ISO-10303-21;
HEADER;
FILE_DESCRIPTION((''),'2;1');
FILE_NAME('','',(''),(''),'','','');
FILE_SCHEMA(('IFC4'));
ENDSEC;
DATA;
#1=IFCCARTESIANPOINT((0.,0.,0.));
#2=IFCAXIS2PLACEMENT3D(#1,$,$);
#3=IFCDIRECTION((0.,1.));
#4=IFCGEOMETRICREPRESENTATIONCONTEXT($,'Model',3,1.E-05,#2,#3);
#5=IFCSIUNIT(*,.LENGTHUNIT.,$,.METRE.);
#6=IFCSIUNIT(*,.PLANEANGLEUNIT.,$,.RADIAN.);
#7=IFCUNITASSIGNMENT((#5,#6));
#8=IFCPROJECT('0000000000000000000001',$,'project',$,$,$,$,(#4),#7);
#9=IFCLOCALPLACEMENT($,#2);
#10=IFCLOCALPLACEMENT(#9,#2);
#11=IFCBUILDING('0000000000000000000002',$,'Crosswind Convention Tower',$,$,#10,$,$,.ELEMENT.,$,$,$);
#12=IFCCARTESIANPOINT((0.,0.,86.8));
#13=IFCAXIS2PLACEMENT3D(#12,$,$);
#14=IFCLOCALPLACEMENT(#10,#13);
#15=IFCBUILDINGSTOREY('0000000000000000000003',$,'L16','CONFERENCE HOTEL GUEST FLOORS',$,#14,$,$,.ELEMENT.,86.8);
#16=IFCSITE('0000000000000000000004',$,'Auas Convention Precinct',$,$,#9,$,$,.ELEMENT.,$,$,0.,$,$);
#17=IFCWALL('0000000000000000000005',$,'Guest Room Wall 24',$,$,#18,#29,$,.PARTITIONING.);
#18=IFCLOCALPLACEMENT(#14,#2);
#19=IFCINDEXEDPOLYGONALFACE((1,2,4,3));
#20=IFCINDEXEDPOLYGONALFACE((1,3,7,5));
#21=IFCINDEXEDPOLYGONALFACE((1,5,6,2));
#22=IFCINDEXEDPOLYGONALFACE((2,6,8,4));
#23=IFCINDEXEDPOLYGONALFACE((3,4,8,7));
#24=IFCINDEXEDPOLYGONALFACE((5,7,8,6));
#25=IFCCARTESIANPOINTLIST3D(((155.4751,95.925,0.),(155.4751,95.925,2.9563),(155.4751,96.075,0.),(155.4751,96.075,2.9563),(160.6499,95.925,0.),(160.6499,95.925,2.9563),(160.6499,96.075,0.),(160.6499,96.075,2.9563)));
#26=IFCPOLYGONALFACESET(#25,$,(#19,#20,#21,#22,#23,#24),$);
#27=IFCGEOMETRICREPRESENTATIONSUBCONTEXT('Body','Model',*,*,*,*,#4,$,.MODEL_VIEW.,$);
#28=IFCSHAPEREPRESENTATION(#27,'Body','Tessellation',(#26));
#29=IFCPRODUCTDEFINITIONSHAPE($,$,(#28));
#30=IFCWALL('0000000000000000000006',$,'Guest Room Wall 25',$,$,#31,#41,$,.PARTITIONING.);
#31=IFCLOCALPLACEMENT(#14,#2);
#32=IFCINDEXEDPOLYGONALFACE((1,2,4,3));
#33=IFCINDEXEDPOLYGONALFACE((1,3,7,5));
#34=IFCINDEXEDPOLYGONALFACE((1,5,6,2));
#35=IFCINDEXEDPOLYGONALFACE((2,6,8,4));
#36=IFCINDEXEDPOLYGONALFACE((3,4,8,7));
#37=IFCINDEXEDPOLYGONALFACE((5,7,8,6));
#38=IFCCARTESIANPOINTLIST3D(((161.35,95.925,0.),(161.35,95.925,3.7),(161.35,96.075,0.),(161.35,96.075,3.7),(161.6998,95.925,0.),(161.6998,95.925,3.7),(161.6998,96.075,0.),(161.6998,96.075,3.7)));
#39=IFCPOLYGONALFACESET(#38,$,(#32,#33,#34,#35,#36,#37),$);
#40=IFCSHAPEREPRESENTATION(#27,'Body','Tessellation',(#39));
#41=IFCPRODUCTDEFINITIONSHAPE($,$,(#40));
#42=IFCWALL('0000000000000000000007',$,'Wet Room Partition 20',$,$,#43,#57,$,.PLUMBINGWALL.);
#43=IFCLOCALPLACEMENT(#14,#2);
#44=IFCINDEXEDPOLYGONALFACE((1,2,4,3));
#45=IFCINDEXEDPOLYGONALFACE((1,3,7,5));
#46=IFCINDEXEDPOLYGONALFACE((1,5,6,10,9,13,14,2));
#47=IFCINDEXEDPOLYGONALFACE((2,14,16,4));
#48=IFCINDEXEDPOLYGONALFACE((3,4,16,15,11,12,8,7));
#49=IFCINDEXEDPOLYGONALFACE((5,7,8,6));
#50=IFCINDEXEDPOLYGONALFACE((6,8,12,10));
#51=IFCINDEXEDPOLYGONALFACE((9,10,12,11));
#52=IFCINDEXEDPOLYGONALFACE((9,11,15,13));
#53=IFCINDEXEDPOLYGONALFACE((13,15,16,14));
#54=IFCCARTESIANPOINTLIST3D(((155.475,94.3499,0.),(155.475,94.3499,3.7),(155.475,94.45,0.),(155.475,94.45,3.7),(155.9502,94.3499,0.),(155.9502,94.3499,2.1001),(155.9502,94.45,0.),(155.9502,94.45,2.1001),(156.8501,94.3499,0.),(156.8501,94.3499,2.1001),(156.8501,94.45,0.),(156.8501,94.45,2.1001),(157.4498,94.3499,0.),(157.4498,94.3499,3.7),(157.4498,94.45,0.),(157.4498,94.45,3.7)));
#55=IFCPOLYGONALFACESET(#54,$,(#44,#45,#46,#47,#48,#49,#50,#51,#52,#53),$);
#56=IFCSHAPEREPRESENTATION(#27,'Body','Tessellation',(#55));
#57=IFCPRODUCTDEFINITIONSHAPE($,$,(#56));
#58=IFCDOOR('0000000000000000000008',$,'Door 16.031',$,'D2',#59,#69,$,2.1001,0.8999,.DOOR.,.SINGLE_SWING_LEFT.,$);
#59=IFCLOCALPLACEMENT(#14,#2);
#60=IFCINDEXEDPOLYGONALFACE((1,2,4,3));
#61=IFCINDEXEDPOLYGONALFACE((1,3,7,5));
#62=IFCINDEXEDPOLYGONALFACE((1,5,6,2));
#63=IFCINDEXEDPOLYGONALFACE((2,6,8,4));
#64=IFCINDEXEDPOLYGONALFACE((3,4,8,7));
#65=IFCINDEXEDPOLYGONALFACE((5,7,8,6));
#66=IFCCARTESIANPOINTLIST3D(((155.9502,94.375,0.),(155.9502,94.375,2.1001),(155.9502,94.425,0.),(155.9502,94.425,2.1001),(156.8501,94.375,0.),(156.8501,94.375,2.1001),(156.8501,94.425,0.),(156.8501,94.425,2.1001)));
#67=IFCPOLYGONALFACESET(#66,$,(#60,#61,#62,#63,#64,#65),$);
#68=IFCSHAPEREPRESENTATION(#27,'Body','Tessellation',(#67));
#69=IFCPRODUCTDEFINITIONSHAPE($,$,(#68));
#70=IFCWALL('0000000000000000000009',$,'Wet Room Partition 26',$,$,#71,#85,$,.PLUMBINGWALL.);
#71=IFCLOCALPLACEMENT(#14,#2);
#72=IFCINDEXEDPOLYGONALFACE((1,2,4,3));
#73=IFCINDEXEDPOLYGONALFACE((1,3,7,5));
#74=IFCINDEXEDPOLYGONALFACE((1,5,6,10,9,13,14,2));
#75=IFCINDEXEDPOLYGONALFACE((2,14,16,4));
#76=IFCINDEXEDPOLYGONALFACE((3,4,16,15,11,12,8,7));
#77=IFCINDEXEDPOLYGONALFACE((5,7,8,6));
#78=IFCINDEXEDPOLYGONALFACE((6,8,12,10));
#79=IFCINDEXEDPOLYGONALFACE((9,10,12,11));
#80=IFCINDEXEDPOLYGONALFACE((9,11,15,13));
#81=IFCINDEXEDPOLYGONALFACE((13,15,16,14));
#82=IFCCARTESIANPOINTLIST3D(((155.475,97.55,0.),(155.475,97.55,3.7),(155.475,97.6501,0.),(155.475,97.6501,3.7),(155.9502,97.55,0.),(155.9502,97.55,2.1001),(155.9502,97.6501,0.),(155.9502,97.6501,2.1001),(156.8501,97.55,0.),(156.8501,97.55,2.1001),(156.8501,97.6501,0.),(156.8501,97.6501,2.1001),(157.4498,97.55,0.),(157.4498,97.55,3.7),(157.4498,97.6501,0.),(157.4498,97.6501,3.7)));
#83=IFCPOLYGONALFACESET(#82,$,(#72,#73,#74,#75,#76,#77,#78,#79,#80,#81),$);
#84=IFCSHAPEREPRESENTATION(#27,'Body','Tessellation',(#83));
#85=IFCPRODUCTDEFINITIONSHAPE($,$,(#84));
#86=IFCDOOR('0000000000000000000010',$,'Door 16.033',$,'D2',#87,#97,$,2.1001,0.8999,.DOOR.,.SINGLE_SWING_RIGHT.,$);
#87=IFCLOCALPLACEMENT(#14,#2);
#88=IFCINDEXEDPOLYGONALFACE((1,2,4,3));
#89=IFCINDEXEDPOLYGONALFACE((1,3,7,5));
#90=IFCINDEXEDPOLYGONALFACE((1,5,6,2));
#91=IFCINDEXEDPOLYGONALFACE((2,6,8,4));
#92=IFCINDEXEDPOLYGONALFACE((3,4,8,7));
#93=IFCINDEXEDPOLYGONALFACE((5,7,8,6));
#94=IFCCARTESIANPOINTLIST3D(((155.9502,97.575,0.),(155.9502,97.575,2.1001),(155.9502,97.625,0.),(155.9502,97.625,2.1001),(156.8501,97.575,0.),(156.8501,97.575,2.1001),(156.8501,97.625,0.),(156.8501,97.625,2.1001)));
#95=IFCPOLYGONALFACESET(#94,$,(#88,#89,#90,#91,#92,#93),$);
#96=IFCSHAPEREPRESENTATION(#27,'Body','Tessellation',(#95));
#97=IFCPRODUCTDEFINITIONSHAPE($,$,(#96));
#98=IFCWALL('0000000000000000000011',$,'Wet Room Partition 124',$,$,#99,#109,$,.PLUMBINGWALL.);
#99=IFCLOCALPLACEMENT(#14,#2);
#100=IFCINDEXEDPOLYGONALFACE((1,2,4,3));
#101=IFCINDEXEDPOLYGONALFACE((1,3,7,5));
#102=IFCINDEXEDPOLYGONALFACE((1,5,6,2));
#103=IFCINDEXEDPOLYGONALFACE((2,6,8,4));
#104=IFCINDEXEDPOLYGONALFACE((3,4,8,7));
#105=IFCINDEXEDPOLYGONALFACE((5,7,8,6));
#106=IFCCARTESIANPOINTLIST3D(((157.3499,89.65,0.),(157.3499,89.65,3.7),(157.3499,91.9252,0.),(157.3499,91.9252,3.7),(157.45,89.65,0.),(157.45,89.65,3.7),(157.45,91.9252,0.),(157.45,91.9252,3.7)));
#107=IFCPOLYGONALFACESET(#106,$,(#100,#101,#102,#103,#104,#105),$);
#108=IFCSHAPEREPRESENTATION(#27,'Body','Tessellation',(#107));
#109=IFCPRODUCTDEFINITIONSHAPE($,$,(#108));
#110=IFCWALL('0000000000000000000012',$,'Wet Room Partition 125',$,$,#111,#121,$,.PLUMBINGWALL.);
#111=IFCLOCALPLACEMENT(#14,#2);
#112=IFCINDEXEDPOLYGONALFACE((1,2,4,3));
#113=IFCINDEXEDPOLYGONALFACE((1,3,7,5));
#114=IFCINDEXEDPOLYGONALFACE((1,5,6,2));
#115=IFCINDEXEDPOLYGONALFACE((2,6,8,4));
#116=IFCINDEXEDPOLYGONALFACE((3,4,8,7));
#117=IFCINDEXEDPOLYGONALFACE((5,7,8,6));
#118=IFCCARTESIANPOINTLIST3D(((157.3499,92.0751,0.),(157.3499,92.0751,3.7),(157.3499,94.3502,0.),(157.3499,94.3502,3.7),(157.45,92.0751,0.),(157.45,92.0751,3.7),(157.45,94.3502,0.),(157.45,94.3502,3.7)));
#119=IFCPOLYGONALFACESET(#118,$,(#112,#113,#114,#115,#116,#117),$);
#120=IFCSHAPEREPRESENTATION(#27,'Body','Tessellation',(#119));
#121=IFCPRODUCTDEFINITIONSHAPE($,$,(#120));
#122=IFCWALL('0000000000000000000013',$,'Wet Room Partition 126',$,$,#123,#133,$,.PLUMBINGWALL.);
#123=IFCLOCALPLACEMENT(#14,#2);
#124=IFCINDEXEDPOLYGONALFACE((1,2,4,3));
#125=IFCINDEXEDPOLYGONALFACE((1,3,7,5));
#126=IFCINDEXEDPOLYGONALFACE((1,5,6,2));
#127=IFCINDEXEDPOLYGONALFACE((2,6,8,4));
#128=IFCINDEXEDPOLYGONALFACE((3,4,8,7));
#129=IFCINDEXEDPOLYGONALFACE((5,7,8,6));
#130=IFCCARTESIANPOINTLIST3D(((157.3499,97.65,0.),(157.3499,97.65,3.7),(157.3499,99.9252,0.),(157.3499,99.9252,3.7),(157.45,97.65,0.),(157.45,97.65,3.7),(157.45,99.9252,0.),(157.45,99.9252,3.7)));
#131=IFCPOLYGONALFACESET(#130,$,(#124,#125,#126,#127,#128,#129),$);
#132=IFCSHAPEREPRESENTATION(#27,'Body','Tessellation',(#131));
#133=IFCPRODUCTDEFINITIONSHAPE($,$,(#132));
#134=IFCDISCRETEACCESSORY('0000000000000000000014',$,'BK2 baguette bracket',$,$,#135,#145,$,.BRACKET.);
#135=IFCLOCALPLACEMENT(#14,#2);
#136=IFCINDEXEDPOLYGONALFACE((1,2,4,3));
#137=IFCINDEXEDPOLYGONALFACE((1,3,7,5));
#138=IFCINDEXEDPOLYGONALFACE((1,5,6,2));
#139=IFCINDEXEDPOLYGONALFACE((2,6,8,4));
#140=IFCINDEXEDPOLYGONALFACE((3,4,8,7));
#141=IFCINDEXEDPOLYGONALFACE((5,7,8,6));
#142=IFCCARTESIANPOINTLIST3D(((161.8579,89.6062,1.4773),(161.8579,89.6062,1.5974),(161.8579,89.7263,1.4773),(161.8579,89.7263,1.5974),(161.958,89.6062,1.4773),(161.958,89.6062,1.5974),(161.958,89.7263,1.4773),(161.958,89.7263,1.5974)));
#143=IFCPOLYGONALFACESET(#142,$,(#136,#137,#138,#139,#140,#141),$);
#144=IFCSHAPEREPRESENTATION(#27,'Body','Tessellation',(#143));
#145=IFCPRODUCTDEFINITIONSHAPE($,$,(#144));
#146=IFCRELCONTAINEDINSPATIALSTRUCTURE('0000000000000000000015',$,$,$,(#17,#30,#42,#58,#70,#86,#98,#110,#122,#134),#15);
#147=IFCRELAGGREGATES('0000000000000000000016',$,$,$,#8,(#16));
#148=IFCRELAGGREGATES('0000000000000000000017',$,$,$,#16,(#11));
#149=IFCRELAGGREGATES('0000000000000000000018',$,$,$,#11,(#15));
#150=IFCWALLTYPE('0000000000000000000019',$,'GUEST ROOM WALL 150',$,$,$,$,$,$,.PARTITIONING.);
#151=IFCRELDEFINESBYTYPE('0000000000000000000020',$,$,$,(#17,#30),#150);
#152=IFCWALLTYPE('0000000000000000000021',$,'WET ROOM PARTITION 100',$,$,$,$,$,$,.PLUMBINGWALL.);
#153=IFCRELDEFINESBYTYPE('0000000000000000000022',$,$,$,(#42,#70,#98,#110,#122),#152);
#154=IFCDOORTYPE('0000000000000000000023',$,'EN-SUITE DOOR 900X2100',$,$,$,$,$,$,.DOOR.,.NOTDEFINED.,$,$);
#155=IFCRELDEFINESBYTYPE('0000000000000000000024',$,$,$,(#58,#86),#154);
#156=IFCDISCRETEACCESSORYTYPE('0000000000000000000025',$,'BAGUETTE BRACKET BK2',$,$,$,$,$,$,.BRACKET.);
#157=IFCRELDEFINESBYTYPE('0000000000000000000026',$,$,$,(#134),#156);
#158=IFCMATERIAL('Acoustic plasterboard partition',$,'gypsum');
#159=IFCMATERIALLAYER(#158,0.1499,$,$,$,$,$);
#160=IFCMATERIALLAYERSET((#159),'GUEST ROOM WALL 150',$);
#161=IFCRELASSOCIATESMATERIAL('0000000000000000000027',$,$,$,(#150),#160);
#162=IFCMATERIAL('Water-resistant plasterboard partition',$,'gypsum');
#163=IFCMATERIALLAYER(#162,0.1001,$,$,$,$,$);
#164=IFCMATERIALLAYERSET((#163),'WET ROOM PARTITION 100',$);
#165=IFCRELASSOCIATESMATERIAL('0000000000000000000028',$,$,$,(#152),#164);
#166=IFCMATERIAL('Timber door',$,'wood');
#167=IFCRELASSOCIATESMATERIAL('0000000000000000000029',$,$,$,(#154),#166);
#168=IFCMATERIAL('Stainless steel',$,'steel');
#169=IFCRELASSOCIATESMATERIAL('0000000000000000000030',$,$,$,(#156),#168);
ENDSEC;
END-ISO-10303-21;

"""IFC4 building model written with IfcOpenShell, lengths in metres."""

from ifc_helpers import new_model, si_unit, direction, frame, frame_2d, origin, origin_2d, place, context, subcontext, project, spatial, rectangle, extrude, material, layer, layer_set, type_object, element, fill, save


model = new_model("IFC4")

# Units and contexts
model_context = context("Model", 3, precision=1e-05, world=origin(), true_north=direction((0.0, 1.0)))
body_context = subcontext(model_context, "Body", "Model", "MODEL_VIEW")
ifc_project = project(units=[si_unit("LENGTHUNIT", "METRE"), si_unit("PLANEANGLEUNIT", "RADIAN")], contexts=[model_context])

# Site, building, storey
site_placement = place(None, origin())
site = spatial("IfcSite", under=ifc_project, at=site_placement, Name="Auas Convention Precinct", CompositionType="ELEMENT", RefElevation=0.0)
building_placement = place(site_placement, origin())
building = spatial("IfcBuilding", under=site, at=building_placement, Name="Crosswind Convention Tower", CompositionType="ELEMENT")
storey_placement = place(building_placement, frame((0.0, 0.0, 86.8)))
storey = spatial("IfcBuildingStorey", under=building, at=storey_placement, Name="L16", Description="CONFERENCE HOTEL GUEST FLOORS", CompositionType="ELEMENT", Elevation=86.8)

# Walls
ifc_material_1 = material(Name="Acoustic plasterboard partition", Category="gypsum")
ifc_layer_1 = layer(ifc_material_1, 0.1499)
ifc_layer_set_1 = layer_set([ifc_layer_1], Name="GUEST ROOM WALL 150")
wall_type_1 = type_object("IfcWallType", Name="GUEST ROOM WALL 150", PredefinedType="PARTITIONING", material=ifc_layer_set_1)
wall_1_placement = place(storey_placement, frame((155.4751, 96.0, 0.0), z_axis=(0.0, 0.0, 1.0), x_axis=(1.0, 0.0, 0.0)))
element("IfcWall", 1, at=wall_1_placement, inside=storey, type_object=wall_type_1, Name="Guest Room Wall 24", PredefinedType="PARTITIONING", context=body_context, shape_type="SweptSolid", body=[
    extrude(rectangle(XDim=5.1748, YDim=0.1499, at=frame_2d((2.5874, 0.0))), origin(), (0.0, 0.0, 1.0), 2.9563),
])
wall_2_placement = place(storey_placement, frame((161.3501, 96.0, 0.0), z_axis=(0.0, 0.0, 1.0), x_axis=(1.0, 0.0, 0.0)))
element("IfcWall", 2, at=wall_2_placement, inside=storey, type_object=wall_type_1, Name="Guest Room Wall 25", PredefinedType="PARTITIONING", context=body_context, shape_type="SweptSolid", body=[
    extrude(rectangle(XDim=0.3499, YDim=0.1499, at=frame_2d((0.1748, 0.0))), origin(), (0.0, 0.0, 1.0), 3.7),
])

# Walls, openings, doors
ifc_material_2 = material(Name="Water-resistant plasterboard partition", Category="gypsum")
ifc_layer_2 = layer(ifc_material_2, 0.1001)
ifc_layer_set_2 = layer_set([ifc_layer_2], Name="WET ROOM PARTITION 100")
wall_type_2 = type_object("IfcWallType", Name="WET ROOM PARTITION 100", PredefinedType="PLUMBINGWALL", material=ifc_layer_set_2)
wall_3_placement = place(storey_placement, frame((155.4751, 94.3999, 0.0), z_axis=(0.0, 0.0, 1.0), x_axis=(1.0, 0.0, 0.0)))
wall_3 = element("IfcWall", 3, at=wall_3_placement, inside=storey, type_object=wall_type_2, Name="Wet Room Partition 20", PredefinedType="PLUMBINGWALL", context=body_context, shape_type="SweptSolid", body=[
    extrude(rectangle(XDim=1.9749, YDim=0.1001, at=frame_2d((0.9873, 0.0))), origin(), (0.0, 0.0, 1.0), 3.7),
])
opening_1_placement = place(wall_3_placement, frame((0.4751, 0.0, 0.0)))
opening_1 = element("IfcOpeningElement", 4, at=opening_1_placement, cuts=wall_3, PredefinedType="OPENING", context=body_context, shape_type="SweptSolid", body=[
    extrude(rectangle(XDim=0.8999, YDim=2.1001, at=frame_2d((0.45, 1.05))), frame((0.0, 0.0601, 0.0), z_axis=(0.0, -1.0, 0.0), x_axis=(1.0, 0.0, 0.0)), (0.0, 0.0, 1.0), 0.1201),
])
ifc_material_3 = material(Name="Timber door", Category="wood")
door_type = type_object("IfcDoorType", Name="EN-SUITE DOOR 900X2100", OperationType="NOTDEFINED", PredefinedType="DOOR", material=ifc_material_3)
door_1_placement = place(opening_1_placement, frame((0.8999, 0.0, 0.0), z_axis=(0.0, 0.0, 1.0), x_axis=(-1.0, 0.0, 0.0)))
door_1 = element("IfcDoor", 5, at=door_1_placement, inside=storey, type_object=door_type, Name="Door 16.031", ObjectType="D2", OperationType="SINGLE_SWING_LEFT", OverallHeight=2.1001, OverallWidth=0.8999, PredefinedType="DOOR", context=body_context, shape_type="SweptSolid", body=[
    extrude(rectangle(XDim=0.8999, YDim=2.1001, at=frame_2d((0.45, 1.05))), frame((0.0, 0.0249, 0.0), z_axis=(0.0, -1.0, 0.0), x_axis=(1.0, 0.0, 0.0)), (0.0, 0.0, 1.0), 0.05),
])
fill(opening_1, door_1)
wall_4_placement = place(storey_placement, frame((155.4751, 97.6001, 0.0), z_axis=(0.0, 0.0, 1.0), x_axis=(1.0, 0.0, 0.0)))
wall_4 = element("IfcWall", 6, at=wall_4_placement, inside=storey, type_object=wall_type_2, Name="Wet Room Partition 26", PredefinedType="PLUMBINGWALL", context=body_context, shape_type="SweptSolid", body=[
    extrude(rectangle(XDim=1.9749, YDim=0.1001, at=frame_2d((0.9873, 0.0))), origin(), (0.0, 0.0, 1.0), 3.7),
])
opening_2_placement = place(wall_4_placement, frame((0.4751, 0.0, 0.0)))
opening_2 = element("IfcOpeningElement", 7, at=opening_2_placement, cuts=wall_4, PredefinedType="OPENING", context=body_context, shape_type="SweptSolid", body=[
    extrude(rectangle(XDim=0.8999, YDim=2.1001, at=frame_2d((0.45, 1.05))), frame((0.0, 0.0601, 0.0), z_axis=(0.0, -1.0, 0.0), x_axis=(1.0, 0.0, 0.0)), (0.0, 0.0, 1.0), 0.1201),
])
door_2_placement = place(opening_2_placement, origin())
door_2 = element("IfcDoor", 8, at=door_2_placement, inside=storey, type_object=door_type, Name="Door 16.033", ObjectType="D2", OperationType="SINGLE_SWING_RIGHT", OverallHeight=2.1001, OverallWidth=0.8999, PredefinedType="DOOR", context=body_context, shape_type="SweptSolid", body=[
    extrude(rectangle(XDim=0.8999, YDim=2.1001, at=frame_2d((0.45, 1.05))), frame((0.0, 0.0249, 0.0), z_axis=(0.0, -1.0, 0.0), x_axis=(1.0, 0.0, 0.0)), (0.0, 0.0, 1.0), 0.05),
])
fill(opening_2, door_2)

# Walls
for number, where, z_axis, x_axis, name in (
    (9, (157.3999, 89.6499, 0.0), (0.0, 0.0, 1.0), (0.0, 1.0, 0.0), "Wet Room Partition 124"),
    (10, (157.3999, 92.075, 0.0), (0.0, 0.0, 1.0), (0.0, 1.0, 0.0), "Wet Room Partition 125"),
    (11, (157.3999, 97.6499, 0.0), (0.0, 0.0, 1.0), (0.0, 1.0, 0.0), "Wet Room Partition 126"),
):
    element("IfcWall", number, at=place(storey_placement, frame(where, z_axis=z_axis, x_axis=x_axis)), inside=storey, type_object=wall_type_2, Name=name, PredefinedType="PLUMBINGWALL", context=body_context, shape_type="SweptSolid", body=[
        extrude(rectangle(XDim=2.2751, YDim=0.1001, at=frame_2d((1.1377, 0.0))), origin(), (0.0, 0.0, 1.0), 3.7),
    ])

# Discrete accessory
ifc_material_4 = material(Name="Stainless steel", Category="steel")
discrete_accessory_type = type_object("IfcDiscreteAccessoryType", Name="BAGUETTE BRACKET BK2", PredefinedType="BRACKET", material=ifc_material_4)
discrete_accessory_placement = place(storey_placement, frame((161.908, 89.6663, 1.4773), z_axis=(0.0, 0.0, 1.0), x_axis=(0.0, 1.0, 0.0)))
element("IfcDiscreteAccessory", 12, at=discrete_accessory_placement, inside=storey, type_object=discrete_accessory_type, Name="BK2 baguette bracket", PredefinedType="BRACKET", context=body_context, shape_type="SweptSolid", body=[
    extrude(rectangle(XDim=0.1201, YDim=0.1001, at=origin_2d()), origin(), (0.0, 0.0, 1.0), 0.1201),
])

save(model, "model.ifc")
